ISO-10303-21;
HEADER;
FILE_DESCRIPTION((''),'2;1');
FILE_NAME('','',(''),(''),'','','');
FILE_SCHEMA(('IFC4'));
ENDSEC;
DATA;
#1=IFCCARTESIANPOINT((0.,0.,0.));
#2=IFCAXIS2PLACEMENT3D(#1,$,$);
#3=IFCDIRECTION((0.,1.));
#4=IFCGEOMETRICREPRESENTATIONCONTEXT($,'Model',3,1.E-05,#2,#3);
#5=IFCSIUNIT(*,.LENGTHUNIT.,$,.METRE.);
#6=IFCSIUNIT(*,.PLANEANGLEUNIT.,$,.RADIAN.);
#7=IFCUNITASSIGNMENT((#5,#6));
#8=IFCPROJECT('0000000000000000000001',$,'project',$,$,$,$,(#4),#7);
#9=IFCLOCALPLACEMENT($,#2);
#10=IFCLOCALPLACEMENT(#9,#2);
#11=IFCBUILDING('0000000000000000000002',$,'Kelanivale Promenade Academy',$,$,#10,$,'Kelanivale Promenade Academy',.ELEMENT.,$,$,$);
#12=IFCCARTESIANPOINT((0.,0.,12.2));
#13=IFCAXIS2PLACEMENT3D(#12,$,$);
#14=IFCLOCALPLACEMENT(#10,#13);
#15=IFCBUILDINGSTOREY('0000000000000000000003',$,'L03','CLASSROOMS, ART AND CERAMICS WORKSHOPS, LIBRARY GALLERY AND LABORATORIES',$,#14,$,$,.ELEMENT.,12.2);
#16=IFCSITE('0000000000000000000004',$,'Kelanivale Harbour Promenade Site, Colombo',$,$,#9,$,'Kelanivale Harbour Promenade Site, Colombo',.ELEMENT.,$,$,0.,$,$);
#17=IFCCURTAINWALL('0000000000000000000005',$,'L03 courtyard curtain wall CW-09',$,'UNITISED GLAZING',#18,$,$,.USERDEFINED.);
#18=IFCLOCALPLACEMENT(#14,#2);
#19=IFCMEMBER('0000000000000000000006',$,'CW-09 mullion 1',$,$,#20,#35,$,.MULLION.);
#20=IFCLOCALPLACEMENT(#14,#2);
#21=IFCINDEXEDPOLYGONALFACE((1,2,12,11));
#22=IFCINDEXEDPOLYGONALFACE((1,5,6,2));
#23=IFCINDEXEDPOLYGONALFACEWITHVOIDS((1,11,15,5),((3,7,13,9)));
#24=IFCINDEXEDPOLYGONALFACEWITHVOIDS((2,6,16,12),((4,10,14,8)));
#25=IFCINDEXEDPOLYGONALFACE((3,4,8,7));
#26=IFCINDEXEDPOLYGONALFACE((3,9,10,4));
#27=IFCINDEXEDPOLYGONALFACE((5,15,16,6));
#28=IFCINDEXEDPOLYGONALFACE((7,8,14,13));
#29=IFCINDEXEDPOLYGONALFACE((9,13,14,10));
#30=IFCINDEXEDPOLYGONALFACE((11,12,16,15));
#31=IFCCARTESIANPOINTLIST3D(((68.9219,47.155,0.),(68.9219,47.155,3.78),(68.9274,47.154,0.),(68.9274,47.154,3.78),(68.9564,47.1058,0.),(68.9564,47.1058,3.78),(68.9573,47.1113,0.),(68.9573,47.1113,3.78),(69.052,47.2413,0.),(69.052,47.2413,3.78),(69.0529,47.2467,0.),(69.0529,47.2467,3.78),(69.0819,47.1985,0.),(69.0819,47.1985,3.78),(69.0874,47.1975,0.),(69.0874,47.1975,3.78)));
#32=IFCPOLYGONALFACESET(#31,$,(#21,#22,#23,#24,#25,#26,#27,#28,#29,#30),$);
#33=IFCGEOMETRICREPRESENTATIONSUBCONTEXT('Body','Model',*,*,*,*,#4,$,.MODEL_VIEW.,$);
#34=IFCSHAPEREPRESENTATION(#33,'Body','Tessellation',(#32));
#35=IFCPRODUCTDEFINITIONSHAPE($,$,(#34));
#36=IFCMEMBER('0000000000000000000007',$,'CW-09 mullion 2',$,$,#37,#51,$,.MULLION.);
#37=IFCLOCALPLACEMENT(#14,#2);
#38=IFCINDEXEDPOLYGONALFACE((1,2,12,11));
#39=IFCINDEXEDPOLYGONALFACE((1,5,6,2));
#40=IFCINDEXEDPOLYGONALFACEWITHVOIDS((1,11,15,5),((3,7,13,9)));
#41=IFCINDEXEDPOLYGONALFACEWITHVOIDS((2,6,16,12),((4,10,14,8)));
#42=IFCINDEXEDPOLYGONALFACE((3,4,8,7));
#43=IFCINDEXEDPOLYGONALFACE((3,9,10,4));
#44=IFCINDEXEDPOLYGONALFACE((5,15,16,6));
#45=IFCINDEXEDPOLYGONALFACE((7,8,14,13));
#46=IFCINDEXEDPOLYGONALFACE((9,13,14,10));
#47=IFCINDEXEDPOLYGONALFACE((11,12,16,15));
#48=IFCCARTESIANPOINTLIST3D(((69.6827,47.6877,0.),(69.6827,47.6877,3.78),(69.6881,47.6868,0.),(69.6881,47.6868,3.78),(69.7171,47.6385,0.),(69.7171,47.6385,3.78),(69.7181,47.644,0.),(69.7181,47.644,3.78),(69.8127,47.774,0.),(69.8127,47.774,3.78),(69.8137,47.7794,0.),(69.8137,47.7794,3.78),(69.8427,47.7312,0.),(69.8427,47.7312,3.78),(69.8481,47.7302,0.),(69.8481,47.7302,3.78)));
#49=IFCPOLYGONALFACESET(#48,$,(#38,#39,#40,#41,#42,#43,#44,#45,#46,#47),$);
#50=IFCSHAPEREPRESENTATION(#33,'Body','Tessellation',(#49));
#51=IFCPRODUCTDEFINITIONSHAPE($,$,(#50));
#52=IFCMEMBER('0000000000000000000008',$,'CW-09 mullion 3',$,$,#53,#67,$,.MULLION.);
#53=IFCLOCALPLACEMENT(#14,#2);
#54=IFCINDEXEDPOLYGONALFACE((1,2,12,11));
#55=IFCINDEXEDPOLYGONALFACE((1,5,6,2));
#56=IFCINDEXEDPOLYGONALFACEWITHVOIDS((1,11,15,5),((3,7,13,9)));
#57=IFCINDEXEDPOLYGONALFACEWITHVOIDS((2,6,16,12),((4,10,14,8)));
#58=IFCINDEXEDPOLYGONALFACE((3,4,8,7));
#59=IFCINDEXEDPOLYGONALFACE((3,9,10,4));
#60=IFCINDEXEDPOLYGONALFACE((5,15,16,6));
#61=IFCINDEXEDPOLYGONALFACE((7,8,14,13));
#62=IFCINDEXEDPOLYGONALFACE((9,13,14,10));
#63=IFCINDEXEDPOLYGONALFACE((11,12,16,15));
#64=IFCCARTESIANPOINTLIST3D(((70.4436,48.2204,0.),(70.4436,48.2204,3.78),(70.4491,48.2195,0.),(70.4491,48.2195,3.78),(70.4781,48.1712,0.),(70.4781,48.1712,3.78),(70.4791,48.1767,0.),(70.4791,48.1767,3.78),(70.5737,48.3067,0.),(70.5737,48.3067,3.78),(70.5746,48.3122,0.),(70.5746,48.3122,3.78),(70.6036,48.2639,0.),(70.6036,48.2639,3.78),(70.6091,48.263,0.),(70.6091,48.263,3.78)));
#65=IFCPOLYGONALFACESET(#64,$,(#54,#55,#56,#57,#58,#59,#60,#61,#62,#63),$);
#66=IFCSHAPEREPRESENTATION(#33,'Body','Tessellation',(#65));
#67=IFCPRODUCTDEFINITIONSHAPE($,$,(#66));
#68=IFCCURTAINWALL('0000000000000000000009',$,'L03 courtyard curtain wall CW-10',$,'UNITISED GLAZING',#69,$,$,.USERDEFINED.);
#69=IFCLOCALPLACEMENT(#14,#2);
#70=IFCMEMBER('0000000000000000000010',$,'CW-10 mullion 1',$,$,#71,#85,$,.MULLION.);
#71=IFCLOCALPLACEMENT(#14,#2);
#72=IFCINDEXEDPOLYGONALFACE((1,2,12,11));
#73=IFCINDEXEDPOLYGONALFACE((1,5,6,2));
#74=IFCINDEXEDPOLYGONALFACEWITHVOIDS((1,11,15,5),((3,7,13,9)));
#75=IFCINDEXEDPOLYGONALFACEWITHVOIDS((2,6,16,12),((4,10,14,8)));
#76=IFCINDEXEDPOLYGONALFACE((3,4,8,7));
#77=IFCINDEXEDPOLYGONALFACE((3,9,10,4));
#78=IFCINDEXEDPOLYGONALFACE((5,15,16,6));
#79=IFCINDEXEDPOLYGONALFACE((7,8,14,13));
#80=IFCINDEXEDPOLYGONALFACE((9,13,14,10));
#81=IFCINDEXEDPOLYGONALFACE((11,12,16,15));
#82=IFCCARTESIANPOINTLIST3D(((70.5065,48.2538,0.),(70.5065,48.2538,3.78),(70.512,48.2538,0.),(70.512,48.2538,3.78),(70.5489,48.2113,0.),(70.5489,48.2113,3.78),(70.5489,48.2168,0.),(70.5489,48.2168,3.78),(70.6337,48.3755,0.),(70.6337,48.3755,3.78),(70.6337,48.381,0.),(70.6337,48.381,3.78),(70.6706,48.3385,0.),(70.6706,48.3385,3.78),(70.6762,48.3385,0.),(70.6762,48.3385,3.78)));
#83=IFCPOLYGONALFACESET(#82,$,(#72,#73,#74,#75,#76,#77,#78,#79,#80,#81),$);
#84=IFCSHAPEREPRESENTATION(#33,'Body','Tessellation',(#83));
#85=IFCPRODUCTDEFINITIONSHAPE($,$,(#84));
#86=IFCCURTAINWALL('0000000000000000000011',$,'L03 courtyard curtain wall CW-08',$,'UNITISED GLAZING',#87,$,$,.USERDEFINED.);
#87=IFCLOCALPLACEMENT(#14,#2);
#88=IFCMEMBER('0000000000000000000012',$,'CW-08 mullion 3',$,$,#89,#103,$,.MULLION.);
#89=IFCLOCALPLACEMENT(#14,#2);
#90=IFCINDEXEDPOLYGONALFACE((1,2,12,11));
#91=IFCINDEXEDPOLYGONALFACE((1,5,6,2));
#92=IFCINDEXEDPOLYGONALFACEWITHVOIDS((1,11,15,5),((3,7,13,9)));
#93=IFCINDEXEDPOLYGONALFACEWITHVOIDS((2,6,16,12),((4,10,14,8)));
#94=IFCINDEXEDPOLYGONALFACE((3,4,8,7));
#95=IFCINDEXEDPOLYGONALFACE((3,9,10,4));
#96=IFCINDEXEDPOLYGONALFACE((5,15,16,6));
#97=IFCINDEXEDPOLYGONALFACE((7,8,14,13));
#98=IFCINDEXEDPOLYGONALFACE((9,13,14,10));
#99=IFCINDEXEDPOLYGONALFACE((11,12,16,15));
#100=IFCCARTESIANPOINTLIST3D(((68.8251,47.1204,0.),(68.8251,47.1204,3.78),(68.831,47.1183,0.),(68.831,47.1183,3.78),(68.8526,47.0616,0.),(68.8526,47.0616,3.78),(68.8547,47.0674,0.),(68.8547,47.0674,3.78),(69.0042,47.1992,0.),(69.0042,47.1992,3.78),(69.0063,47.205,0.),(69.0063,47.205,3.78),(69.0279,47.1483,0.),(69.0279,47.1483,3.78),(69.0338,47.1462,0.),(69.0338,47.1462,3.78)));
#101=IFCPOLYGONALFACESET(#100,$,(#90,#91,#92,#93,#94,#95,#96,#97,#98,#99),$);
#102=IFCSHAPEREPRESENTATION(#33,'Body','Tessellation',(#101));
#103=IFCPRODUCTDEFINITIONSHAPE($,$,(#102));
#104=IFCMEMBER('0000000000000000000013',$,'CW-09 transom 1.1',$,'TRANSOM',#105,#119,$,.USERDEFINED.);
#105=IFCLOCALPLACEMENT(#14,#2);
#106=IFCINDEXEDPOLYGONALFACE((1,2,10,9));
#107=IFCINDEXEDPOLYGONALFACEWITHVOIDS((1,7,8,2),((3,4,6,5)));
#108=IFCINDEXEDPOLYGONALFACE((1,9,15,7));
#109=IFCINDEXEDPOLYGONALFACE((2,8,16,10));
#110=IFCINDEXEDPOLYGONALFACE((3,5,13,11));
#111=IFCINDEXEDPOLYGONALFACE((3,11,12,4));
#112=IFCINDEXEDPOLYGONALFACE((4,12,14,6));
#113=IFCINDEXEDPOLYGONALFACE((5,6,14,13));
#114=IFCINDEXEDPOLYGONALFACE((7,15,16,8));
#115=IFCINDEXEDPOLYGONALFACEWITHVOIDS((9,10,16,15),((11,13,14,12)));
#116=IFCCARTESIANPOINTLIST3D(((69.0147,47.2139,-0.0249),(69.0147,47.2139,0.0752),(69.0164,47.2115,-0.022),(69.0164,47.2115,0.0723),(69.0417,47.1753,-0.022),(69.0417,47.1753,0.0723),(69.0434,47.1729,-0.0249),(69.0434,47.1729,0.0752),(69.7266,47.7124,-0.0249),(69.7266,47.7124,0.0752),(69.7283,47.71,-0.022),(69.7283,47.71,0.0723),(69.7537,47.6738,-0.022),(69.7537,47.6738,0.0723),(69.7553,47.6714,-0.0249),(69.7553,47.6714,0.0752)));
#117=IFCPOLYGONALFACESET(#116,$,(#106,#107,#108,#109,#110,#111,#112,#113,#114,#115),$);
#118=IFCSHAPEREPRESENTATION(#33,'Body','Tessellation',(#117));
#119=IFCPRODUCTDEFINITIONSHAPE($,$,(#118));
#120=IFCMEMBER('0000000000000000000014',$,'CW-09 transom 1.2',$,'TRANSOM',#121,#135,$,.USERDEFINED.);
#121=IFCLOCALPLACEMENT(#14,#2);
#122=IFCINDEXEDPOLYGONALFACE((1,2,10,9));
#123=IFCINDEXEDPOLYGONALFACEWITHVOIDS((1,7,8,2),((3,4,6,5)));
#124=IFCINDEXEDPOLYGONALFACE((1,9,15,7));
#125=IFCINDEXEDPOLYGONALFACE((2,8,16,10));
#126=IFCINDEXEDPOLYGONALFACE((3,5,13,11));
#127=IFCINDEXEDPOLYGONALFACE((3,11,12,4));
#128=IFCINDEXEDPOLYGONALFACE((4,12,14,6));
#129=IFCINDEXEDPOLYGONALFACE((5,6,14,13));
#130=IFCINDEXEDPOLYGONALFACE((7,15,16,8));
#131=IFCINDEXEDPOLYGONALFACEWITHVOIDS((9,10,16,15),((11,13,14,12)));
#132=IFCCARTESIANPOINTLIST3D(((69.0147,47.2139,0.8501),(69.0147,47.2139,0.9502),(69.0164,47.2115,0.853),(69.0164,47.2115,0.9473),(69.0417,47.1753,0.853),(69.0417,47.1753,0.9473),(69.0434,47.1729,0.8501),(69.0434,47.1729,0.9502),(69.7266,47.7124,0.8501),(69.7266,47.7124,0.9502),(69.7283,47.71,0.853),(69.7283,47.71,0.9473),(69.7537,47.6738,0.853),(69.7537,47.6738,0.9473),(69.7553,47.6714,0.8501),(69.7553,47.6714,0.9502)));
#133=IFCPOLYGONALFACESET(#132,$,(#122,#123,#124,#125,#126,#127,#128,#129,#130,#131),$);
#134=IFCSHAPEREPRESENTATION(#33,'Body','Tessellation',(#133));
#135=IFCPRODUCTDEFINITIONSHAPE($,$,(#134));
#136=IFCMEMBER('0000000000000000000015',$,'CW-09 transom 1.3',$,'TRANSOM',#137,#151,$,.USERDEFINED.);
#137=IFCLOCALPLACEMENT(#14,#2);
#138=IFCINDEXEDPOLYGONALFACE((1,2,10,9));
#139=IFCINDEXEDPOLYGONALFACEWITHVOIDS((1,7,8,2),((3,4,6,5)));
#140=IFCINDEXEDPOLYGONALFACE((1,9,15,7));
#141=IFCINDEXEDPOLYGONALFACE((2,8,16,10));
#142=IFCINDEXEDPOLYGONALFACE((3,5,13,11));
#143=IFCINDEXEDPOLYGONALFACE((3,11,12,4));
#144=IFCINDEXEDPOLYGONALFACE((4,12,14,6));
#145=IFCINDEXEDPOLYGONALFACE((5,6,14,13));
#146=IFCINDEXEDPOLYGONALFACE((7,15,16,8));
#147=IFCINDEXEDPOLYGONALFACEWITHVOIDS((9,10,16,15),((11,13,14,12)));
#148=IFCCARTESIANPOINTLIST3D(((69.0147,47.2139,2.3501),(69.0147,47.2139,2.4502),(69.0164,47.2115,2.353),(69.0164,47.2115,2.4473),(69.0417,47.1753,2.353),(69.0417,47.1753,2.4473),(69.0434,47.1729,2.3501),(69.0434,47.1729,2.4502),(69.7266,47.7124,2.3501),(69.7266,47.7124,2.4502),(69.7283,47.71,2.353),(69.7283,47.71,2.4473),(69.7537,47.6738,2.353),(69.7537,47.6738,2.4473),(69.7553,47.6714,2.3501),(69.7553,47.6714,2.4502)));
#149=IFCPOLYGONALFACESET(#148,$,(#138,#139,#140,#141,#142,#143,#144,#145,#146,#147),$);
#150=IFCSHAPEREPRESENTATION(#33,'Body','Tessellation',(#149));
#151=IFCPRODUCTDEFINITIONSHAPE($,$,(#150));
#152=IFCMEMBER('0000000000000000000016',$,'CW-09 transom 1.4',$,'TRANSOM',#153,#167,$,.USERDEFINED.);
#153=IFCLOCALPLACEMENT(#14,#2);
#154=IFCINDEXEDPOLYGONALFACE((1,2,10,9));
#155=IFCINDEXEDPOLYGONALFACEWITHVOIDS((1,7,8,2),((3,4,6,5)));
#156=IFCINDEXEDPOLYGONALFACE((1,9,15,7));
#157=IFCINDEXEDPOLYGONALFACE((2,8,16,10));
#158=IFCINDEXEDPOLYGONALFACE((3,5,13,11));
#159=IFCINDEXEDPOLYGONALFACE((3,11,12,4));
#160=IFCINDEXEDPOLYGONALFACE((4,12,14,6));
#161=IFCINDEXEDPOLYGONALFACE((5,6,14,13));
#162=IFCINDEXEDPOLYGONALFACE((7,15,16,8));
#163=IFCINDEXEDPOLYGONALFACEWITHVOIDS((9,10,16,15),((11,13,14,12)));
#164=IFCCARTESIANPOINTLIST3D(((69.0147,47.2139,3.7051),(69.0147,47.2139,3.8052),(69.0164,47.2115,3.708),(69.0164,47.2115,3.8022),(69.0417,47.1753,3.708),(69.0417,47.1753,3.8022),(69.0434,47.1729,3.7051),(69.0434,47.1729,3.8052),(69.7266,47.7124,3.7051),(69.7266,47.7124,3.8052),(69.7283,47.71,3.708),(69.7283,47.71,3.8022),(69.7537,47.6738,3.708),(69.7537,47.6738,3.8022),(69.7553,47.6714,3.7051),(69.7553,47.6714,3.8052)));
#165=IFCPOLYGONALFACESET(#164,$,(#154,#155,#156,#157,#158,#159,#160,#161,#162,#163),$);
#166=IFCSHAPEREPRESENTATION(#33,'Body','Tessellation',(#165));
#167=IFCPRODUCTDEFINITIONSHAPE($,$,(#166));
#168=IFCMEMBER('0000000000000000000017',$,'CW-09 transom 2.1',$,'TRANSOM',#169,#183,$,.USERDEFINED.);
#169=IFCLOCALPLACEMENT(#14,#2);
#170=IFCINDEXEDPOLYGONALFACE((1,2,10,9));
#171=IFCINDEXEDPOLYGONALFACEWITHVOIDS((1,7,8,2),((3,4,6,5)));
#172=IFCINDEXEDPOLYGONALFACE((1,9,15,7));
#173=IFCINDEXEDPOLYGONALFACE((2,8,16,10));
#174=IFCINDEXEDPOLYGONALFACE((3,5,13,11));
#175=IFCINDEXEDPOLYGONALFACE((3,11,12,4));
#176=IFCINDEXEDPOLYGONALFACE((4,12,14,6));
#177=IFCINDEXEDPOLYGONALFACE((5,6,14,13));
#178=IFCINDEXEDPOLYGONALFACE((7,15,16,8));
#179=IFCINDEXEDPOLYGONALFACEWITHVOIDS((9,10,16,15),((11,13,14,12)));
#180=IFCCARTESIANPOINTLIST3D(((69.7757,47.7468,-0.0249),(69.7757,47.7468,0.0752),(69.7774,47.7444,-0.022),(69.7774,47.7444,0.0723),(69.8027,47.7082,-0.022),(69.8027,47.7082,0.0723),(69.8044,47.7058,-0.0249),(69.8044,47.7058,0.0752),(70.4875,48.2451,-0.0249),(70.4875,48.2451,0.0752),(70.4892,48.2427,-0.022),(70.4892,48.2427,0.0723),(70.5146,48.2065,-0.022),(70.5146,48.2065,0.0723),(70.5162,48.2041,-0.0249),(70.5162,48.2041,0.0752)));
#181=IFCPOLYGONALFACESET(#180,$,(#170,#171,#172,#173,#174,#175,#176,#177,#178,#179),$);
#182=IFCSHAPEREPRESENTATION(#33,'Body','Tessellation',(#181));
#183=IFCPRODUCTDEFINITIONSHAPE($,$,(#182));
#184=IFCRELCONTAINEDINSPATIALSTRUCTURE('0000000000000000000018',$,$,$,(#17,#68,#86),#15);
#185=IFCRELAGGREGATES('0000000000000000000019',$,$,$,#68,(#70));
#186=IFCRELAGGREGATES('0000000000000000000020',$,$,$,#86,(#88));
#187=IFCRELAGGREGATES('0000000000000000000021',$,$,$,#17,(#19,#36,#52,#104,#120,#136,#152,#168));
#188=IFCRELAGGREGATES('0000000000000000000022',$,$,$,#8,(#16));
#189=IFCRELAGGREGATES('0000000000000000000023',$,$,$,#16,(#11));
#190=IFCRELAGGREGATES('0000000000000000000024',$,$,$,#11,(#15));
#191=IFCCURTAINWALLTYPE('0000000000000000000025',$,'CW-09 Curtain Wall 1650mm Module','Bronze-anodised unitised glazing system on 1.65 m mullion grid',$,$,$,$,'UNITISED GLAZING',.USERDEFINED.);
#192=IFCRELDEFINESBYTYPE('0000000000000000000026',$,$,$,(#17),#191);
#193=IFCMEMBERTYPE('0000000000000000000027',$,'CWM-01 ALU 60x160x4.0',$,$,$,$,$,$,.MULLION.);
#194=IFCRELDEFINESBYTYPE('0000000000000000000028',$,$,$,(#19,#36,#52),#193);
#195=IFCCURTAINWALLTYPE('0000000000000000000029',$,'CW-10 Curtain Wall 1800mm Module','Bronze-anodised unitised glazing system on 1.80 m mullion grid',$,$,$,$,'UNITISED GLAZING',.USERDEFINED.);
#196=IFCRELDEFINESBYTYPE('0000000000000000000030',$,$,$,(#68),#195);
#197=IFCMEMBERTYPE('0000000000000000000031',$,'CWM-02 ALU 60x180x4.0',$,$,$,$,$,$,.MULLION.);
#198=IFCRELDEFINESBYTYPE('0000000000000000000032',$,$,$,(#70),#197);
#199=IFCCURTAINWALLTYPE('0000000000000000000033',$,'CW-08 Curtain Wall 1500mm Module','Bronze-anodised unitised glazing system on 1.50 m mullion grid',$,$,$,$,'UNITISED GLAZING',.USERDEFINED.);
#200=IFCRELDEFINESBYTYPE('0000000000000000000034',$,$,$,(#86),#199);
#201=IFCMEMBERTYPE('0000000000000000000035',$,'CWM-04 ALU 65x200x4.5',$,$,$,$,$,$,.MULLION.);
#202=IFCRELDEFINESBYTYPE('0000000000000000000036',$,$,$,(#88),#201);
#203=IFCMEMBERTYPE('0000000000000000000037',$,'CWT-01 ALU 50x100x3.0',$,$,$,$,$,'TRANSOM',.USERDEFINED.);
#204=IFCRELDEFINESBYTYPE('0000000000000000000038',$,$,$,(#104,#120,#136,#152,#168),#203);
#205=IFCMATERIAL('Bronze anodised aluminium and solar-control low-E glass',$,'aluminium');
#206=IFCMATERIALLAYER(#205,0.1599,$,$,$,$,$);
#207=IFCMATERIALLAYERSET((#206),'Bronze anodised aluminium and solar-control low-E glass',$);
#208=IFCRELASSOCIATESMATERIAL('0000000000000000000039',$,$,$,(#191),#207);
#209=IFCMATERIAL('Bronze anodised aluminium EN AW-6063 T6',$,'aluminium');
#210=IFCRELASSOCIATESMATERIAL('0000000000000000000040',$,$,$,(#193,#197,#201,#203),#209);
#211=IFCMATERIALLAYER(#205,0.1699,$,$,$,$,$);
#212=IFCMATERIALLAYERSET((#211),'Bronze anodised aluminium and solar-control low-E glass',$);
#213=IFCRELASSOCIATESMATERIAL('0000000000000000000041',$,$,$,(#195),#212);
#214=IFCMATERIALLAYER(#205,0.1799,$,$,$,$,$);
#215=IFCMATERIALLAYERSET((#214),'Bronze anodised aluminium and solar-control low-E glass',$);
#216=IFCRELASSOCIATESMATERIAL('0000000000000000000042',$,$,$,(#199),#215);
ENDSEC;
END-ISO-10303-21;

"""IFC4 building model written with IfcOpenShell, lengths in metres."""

from ifc_helpers import new_model, si_unit, direction, frame, origin, origin_2d, place, context, subcontext, project, spatial, hollow_rectangle, extrude, material, layer, layer_set, material_profile, profile_set, type_object, element, aggregate, save


model = new_model("IFC4")

# Units and contexts
model_context = context("Model", 3, precision=1e-05, world=origin(), true_north=direction((0.0, 1.0)))
body_context = subcontext(model_context, "Body", "Model", "MODEL_VIEW")
ifc_project = project(units=[si_unit("LENGTHUNIT", "METRE"), si_unit("PLANEANGLEUNIT", "RADIAN")], contexts=[model_context])

# Site, building, storey
site_placement = place(None, origin())
site = spatial("IfcSite", under=ifc_project, at=site_placement, Name="Kelanivale Harbour Promenade Site, Colombo", LongName="Kelanivale Harbour Promenade Site, Colombo", CompositionType="ELEMENT", RefElevation=0.0)
building_placement = place(site_placement, origin())
building = spatial("IfcBuilding", under=site, at=building_placement, Name="Kelanivale Promenade Academy", LongName="Kelanivale Promenade Academy", CompositionType="ELEMENT")
storey_placement = place(building_placement, frame((0.0, 0.0, 12.2)))
storey = spatial("IfcBuildingStorey", under=building, at=storey_placement, Name="L03", Description="CLASSROOMS, ART AND CERAMICS WORKSHOPS, LIBRARY GALLERY AND LABORATORIES", CompositionType="ELEMENT", Elevation=12.2)

# Curtain wall, members
ifc_material_1 = material(Name="Bronze anodised aluminium and solar-control low-E glass", Category="aluminium")
ifc_layer_1 = layer(ifc_material_1, 0.1599)
ifc_layer_set_1 = layer_set([ifc_layer_1], Name="Bronze anodised aluminium and solar-control low-E glass")
curtain_wall_type_1 = type_object("IfcCurtainWallType", Name="CW-09 Curtain Wall 1650mm Module", Description="Bronze-anodised unitised glazing system on 1.65 m mullion grid", ElementType="UNITISED GLAZING", PredefinedType="USERDEFINED", material=ifc_layer_set_1)
curtain_wall_1_placement = place(storey_placement, origin())
curtain_wall_1 = element("IfcCurtainWall", 1, at=curtain_wall_1_placement, inside=storey, type_object=curtain_wall_type_1, Name="L03 courtyard curtain wall CW-09", ObjectType="UNITISED GLAZING", PredefinedType="USERDEFINED")
ifc_material_2 = material(Name="Bronze anodised aluminium EN AW-6063 T6", Category="aluminium")
ifc_material_profile_1 = material_profile(ifc_material_2, hollow_rectangle(XDim=0.0601, YDim=0.1599, WallThickness=0.0039, at=origin_2d()), Name="ALU 60x160x4.0")
ifc_profile_set_1 = profile_set([ifc_material_profile_1], Name="Bronze anodised aluminium EN AW-6063 T6")
member_type_1 = type_object("IfcMemberType", Name="CWM-01 ALU 60x160x4.0", PredefinedType="MULLION", material=ifc_profile_set_1)
member_1_placement = place(storey_placement, frame((69.0046, 47.1763, 0.0), z_axis=(0.0, 0.0, 1.0), x_axis=(-0.573567, 0.819158, 0.0)))
member_1 = element("IfcMember", 2, at=member_1_placement, type_object=member_type_1, Name="CW-09 mullion 1", PredefinedType="MULLION", context=body_context, shape_type="SweptSolid", body=[
    extrude(hollow_rectangle(XDim=0.0601, YDim=0.1599, WallThickness=0.0039, at=origin_2d()), origin(), (0.0, 0.0, 1.0), 3.78),
])
member_2_placement = place(storey_placement, frame((69.7654, 47.709, 0.0), z_axis=(0.0, 0.0, 1.0), x_axis=(-0.573567, 0.819158, 0.0)))
member_2 = element("IfcMember", 3, at=member_2_placement, type_object=member_type_1, Name="CW-09 mullion 2", PredefinedType="MULLION", context=body_context, shape_type="SweptSolid", body=[
    extrude(hollow_rectangle(XDim=0.0601, YDim=0.1599, WallThickness=0.0039, at=origin_2d()), origin(), (0.0, 0.0, 1.0), 3.78),
])
member_3_placement = place(storey_placement, frame((70.5264, 48.2417, 0.0), z_axis=(0.0, 0.0, 1.0), x_axis=(-0.573567, 0.819158, 0.0)))
member_3 = element("IfcMember", 4, at=member_3_placement, type_object=member_type_1, Name="CW-09 mullion 3", PredefinedType="MULLION", context=body_context, shape_type="SweptSolid", body=[
    extrude(hollow_rectangle(XDim=0.0601, YDim=0.1599, WallThickness=0.0039, at=origin_2d()), origin(), (0.0, 0.0, 1.0), 3.78),
])

# Curtain walls, members
ifc_layer_2 = layer(ifc_material_1, 0.1699)
ifc_layer_set_2 = layer_set([ifc_layer_2], Name="Bronze anodised aluminium and solar-control low-E glass")
curtain_wall_type_2 = type_object("IfcCurtainWallType", Name="CW-10 Curtain Wall 1800mm Module", Description="Bronze-anodised unitised glazing system on 1.80 m mullion grid", ElementType="UNITISED GLAZING", PredefinedType="USERDEFINED", material=ifc_layer_set_2)
curtain_wall_2_placement = place(storey_placement, origin())
curtain_wall_2 = element("IfcCurtainWall", 5, at=curtain_wall_2_placement, inside=storey, type_object=curtain_wall_type_2, Name="L03 courtyard curtain wall CW-10", ObjectType="UNITISED GLAZING", PredefinedType="USERDEFINED")
ifc_material_profile_2 = material_profile(ifc_material_2, hollow_rectangle(XDim=0.0601, YDim=0.1799, WallThickness=0.0039, at=origin_2d()), Name="ALU 60x180x4.0")
ifc_profile_set_2 = profile_set([ifc_material_profile_2], Name="Bronze anodised aluminium EN AW-6063 T6")
member_type_2 = type_object("IfcMemberType", Name="CWM-02 ALU 60x180x4.0", PredefinedType="MULLION", material=ifc_profile_set_2)
member_4_placement = place(storey_placement, frame((70.5913, 48.2961, 0.0), z_axis=(0.0, 0.0, 1.0), x_axis=(-0.707107, 0.707107, 0.0)))
member_4 = element("IfcMember", 6, at=member_4_placement, type_object=member_type_2, Name="CW-10 mullion 1", PredefinedType="MULLION", context=body_context, shape_type="SweptSolid", body=[
    extrude(hollow_rectangle(XDim=0.0601, YDim=0.1799, WallThickness=0.0039, at=origin_2d()), origin(), (0.0, 0.0, 1.0), 3.78),
])
ifc_layer_3 = layer(ifc_material_1, 0.1799)
ifc_layer_set_3 = layer_set([ifc_layer_3], Name="Bronze anodised aluminium and solar-control low-E glass")
curtain_wall_type_3 = type_object("IfcCurtainWallType", Name="CW-08 Curtain Wall 1500mm Module", Description="Bronze-anodised unitised glazing system on 1.50 m mullion grid", ElementType="UNITISED GLAZING", PredefinedType="USERDEFINED", material=ifc_layer_set_3)
curtain_wall_3_placement = place(storey_placement, origin())
curtain_wall_3 = element("IfcCurtainWall", 7, at=curtain_wall_3_placement, inside=storey, type_object=curtain_wall_type_3, Name="L03 courtyard curtain wall CW-08", ObjectType="UNITISED GLAZING", PredefinedType="USERDEFINED")
ifc_material_profile_3 = material_profile(ifc_material_2, hollow_rectangle(XDim=0.0649, YDim=0.2, WallThickness=0.0044, at=origin_2d()), Name="ALU 65x200x4.5")
ifc_profile_set_3 = profile_set([ifc_material_profile_3], Name="Bronze anodised aluminium EN AW-6063 T6")
member_type_3 = type_object("IfcMemberType", Name="CWM-04 ALU 65x200x4.5", PredefinedType="MULLION", material=ifc_profile_set_3)
member_5_placement = place(storey_placement, frame((68.9294, 47.1333, 0.0), z_axis=(0.0, 0.0, 1.0), x_axis=(-0.423087, 0.906089, 0.0)))
member_5 = element("IfcMember", 8, at=member_5_placement, type_object=member_type_3, Name="CW-08 mullion 3", PredefinedType="MULLION", context=body_context, shape_type="SweptSolid", body=[
    extrude(hollow_rectangle(XDim=0.0649, YDim=0.2, WallThickness=0.0044, at=origin_2d()), origin(), (0.0, 0.0, 1.0), 3.78),
])

# Members
ifc_material_profile_4 = material_profile(ifc_material_2, hollow_rectangle(XDim=0.05, YDim=0.1001, WallThickness=0.0029, at=origin_2d()), Name="ALU 50x100x3.0")
ifc_profile_set_4 = profile_set([ifc_material_profile_4], Name="Bronze anodised aluminium EN AW-6063 T6")
member_type_4 = type_object("IfcMemberType", Name="CWT-01 ALU 50x100x3.0", ElementType="TRANSOM", PredefinedType="USERDEFINED", material=ifc_profile_set_4)
member_6_placement = place(storey_placement, frame((69.0291, 47.1934, 0.0251), z_axis=(0.819126, 0.573613, 0.0), x_axis=(-0.573613, 0.819126, 0.0)))
member_6 = element("IfcMember", 9, at=member_6_placement, type_object=member_type_4, Name="CW-09 transom 1.1", ObjectType="TRANSOM", PredefinedType="USERDEFINED", context=body_context, shape_type="SweptSolid", body=[
    extrude(hollow_rectangle(XDim=0.05, YDim=0.1001, WallThickness=0.0029, at=origin_2d()), origin(), (0.0, 0.0, 1.0), 0.8691),
])
member_7_placement = place(storey_placement, frame((69.0291, 47.1934, 0.9001), z_axis=(0.819126, 0.573613, 0.0), x_axis=(-0.573613, 0.819126, 0.0)))
member_7 = element("IfcMember", 10, at=member_7_placement, type_object=member_type_4, Name="CW-09 transom 1.2", ObjectType="TRANSOM", PredefinedType="USERDEFINED", context=body_context, shape_type="SweptSolid", body=[
    extrude(hollow_rectangle(XDim=0.05, YDim=0.1001, WallThickness=0.0029, at=origin_2d()), origin(), (0.0, 0.0, 1.0), 0.8691),
])
member_8_placement = place(storey_placement, frame((69.0291, 47.1934, 2.4001), z_axis=(0.819126, 0.573613, 0.0), x_axis=(-0.573613, 0.819126, 0.0)))
member_8 = element("IfcMember", 11, at=member_8_placement, type_object=member_type_4, Name="CW-09 transom 1.3", ObjectType="TRANSOM", PredefinedType="USERDEFINED", context=body_context, shape_type="SweptSolid", body=[
    extrude(hollow_rectangle(XDim=0.05, YDim=0.1001, WallThickness=0.0029, at=origin_2d()), origin(), (0.0, 0.0, 1.0), 0.8691),
])
member_9_placement = place(storey_placement, frame((69.0291, 47.1934, 3.7551), z_axis=(0.819126, 0.573613, 0.0), x_axis=(-0.573613, 0.819126, 0.0)))
member_9 = element("IfcMember", 12, at=member_9_placement, type_object=member_type_4, Name="CW-09 transom 1.4", ObjectType="TRANSOM", PredefinedType="USERDEFINED", context=body_context, shape_type="SweptSolid", body=[
    extrude(hollow_rectangle(XDim=0.05, YDim=0.1001, WallThickness=0.0029, at=origin_2d()), origin(), (0.0, 0.0, 1.0), 0.8691),
])
member_10_placement = place(storey_placement, frame((69.79, 47.7263, 0.0251), z_axis=(0.819258, 0.573425, 0.0), x_axis=(-0.573425, 0.819258, 0.0)))
member_10 = element("IfcMember", 13, at=member_10_placement, type_object=member_type_4, Name="CW-09 transom 2.1", ObjectType="TRANSOM", PredefinedType="USERDEFINED", context=body_context, shape_type="SweptSolid", body=[
    extrude(hollow_rectangle(XDim=0.05, YDim=0.1001, WallThickness=0.0029, at=origin_2d()), origin(), (0.0, 0.0, 1.0), 0.8689),
])
aggregate(curtain_wall_2, [member_4])

aggregate(curtain_wall_3, [member_5])
aggregate(curtain_wall_1, [member_1, member_2, member_3, member_6, member_7, member_8, member_9, member_10])

save(model, "model.ifc")
